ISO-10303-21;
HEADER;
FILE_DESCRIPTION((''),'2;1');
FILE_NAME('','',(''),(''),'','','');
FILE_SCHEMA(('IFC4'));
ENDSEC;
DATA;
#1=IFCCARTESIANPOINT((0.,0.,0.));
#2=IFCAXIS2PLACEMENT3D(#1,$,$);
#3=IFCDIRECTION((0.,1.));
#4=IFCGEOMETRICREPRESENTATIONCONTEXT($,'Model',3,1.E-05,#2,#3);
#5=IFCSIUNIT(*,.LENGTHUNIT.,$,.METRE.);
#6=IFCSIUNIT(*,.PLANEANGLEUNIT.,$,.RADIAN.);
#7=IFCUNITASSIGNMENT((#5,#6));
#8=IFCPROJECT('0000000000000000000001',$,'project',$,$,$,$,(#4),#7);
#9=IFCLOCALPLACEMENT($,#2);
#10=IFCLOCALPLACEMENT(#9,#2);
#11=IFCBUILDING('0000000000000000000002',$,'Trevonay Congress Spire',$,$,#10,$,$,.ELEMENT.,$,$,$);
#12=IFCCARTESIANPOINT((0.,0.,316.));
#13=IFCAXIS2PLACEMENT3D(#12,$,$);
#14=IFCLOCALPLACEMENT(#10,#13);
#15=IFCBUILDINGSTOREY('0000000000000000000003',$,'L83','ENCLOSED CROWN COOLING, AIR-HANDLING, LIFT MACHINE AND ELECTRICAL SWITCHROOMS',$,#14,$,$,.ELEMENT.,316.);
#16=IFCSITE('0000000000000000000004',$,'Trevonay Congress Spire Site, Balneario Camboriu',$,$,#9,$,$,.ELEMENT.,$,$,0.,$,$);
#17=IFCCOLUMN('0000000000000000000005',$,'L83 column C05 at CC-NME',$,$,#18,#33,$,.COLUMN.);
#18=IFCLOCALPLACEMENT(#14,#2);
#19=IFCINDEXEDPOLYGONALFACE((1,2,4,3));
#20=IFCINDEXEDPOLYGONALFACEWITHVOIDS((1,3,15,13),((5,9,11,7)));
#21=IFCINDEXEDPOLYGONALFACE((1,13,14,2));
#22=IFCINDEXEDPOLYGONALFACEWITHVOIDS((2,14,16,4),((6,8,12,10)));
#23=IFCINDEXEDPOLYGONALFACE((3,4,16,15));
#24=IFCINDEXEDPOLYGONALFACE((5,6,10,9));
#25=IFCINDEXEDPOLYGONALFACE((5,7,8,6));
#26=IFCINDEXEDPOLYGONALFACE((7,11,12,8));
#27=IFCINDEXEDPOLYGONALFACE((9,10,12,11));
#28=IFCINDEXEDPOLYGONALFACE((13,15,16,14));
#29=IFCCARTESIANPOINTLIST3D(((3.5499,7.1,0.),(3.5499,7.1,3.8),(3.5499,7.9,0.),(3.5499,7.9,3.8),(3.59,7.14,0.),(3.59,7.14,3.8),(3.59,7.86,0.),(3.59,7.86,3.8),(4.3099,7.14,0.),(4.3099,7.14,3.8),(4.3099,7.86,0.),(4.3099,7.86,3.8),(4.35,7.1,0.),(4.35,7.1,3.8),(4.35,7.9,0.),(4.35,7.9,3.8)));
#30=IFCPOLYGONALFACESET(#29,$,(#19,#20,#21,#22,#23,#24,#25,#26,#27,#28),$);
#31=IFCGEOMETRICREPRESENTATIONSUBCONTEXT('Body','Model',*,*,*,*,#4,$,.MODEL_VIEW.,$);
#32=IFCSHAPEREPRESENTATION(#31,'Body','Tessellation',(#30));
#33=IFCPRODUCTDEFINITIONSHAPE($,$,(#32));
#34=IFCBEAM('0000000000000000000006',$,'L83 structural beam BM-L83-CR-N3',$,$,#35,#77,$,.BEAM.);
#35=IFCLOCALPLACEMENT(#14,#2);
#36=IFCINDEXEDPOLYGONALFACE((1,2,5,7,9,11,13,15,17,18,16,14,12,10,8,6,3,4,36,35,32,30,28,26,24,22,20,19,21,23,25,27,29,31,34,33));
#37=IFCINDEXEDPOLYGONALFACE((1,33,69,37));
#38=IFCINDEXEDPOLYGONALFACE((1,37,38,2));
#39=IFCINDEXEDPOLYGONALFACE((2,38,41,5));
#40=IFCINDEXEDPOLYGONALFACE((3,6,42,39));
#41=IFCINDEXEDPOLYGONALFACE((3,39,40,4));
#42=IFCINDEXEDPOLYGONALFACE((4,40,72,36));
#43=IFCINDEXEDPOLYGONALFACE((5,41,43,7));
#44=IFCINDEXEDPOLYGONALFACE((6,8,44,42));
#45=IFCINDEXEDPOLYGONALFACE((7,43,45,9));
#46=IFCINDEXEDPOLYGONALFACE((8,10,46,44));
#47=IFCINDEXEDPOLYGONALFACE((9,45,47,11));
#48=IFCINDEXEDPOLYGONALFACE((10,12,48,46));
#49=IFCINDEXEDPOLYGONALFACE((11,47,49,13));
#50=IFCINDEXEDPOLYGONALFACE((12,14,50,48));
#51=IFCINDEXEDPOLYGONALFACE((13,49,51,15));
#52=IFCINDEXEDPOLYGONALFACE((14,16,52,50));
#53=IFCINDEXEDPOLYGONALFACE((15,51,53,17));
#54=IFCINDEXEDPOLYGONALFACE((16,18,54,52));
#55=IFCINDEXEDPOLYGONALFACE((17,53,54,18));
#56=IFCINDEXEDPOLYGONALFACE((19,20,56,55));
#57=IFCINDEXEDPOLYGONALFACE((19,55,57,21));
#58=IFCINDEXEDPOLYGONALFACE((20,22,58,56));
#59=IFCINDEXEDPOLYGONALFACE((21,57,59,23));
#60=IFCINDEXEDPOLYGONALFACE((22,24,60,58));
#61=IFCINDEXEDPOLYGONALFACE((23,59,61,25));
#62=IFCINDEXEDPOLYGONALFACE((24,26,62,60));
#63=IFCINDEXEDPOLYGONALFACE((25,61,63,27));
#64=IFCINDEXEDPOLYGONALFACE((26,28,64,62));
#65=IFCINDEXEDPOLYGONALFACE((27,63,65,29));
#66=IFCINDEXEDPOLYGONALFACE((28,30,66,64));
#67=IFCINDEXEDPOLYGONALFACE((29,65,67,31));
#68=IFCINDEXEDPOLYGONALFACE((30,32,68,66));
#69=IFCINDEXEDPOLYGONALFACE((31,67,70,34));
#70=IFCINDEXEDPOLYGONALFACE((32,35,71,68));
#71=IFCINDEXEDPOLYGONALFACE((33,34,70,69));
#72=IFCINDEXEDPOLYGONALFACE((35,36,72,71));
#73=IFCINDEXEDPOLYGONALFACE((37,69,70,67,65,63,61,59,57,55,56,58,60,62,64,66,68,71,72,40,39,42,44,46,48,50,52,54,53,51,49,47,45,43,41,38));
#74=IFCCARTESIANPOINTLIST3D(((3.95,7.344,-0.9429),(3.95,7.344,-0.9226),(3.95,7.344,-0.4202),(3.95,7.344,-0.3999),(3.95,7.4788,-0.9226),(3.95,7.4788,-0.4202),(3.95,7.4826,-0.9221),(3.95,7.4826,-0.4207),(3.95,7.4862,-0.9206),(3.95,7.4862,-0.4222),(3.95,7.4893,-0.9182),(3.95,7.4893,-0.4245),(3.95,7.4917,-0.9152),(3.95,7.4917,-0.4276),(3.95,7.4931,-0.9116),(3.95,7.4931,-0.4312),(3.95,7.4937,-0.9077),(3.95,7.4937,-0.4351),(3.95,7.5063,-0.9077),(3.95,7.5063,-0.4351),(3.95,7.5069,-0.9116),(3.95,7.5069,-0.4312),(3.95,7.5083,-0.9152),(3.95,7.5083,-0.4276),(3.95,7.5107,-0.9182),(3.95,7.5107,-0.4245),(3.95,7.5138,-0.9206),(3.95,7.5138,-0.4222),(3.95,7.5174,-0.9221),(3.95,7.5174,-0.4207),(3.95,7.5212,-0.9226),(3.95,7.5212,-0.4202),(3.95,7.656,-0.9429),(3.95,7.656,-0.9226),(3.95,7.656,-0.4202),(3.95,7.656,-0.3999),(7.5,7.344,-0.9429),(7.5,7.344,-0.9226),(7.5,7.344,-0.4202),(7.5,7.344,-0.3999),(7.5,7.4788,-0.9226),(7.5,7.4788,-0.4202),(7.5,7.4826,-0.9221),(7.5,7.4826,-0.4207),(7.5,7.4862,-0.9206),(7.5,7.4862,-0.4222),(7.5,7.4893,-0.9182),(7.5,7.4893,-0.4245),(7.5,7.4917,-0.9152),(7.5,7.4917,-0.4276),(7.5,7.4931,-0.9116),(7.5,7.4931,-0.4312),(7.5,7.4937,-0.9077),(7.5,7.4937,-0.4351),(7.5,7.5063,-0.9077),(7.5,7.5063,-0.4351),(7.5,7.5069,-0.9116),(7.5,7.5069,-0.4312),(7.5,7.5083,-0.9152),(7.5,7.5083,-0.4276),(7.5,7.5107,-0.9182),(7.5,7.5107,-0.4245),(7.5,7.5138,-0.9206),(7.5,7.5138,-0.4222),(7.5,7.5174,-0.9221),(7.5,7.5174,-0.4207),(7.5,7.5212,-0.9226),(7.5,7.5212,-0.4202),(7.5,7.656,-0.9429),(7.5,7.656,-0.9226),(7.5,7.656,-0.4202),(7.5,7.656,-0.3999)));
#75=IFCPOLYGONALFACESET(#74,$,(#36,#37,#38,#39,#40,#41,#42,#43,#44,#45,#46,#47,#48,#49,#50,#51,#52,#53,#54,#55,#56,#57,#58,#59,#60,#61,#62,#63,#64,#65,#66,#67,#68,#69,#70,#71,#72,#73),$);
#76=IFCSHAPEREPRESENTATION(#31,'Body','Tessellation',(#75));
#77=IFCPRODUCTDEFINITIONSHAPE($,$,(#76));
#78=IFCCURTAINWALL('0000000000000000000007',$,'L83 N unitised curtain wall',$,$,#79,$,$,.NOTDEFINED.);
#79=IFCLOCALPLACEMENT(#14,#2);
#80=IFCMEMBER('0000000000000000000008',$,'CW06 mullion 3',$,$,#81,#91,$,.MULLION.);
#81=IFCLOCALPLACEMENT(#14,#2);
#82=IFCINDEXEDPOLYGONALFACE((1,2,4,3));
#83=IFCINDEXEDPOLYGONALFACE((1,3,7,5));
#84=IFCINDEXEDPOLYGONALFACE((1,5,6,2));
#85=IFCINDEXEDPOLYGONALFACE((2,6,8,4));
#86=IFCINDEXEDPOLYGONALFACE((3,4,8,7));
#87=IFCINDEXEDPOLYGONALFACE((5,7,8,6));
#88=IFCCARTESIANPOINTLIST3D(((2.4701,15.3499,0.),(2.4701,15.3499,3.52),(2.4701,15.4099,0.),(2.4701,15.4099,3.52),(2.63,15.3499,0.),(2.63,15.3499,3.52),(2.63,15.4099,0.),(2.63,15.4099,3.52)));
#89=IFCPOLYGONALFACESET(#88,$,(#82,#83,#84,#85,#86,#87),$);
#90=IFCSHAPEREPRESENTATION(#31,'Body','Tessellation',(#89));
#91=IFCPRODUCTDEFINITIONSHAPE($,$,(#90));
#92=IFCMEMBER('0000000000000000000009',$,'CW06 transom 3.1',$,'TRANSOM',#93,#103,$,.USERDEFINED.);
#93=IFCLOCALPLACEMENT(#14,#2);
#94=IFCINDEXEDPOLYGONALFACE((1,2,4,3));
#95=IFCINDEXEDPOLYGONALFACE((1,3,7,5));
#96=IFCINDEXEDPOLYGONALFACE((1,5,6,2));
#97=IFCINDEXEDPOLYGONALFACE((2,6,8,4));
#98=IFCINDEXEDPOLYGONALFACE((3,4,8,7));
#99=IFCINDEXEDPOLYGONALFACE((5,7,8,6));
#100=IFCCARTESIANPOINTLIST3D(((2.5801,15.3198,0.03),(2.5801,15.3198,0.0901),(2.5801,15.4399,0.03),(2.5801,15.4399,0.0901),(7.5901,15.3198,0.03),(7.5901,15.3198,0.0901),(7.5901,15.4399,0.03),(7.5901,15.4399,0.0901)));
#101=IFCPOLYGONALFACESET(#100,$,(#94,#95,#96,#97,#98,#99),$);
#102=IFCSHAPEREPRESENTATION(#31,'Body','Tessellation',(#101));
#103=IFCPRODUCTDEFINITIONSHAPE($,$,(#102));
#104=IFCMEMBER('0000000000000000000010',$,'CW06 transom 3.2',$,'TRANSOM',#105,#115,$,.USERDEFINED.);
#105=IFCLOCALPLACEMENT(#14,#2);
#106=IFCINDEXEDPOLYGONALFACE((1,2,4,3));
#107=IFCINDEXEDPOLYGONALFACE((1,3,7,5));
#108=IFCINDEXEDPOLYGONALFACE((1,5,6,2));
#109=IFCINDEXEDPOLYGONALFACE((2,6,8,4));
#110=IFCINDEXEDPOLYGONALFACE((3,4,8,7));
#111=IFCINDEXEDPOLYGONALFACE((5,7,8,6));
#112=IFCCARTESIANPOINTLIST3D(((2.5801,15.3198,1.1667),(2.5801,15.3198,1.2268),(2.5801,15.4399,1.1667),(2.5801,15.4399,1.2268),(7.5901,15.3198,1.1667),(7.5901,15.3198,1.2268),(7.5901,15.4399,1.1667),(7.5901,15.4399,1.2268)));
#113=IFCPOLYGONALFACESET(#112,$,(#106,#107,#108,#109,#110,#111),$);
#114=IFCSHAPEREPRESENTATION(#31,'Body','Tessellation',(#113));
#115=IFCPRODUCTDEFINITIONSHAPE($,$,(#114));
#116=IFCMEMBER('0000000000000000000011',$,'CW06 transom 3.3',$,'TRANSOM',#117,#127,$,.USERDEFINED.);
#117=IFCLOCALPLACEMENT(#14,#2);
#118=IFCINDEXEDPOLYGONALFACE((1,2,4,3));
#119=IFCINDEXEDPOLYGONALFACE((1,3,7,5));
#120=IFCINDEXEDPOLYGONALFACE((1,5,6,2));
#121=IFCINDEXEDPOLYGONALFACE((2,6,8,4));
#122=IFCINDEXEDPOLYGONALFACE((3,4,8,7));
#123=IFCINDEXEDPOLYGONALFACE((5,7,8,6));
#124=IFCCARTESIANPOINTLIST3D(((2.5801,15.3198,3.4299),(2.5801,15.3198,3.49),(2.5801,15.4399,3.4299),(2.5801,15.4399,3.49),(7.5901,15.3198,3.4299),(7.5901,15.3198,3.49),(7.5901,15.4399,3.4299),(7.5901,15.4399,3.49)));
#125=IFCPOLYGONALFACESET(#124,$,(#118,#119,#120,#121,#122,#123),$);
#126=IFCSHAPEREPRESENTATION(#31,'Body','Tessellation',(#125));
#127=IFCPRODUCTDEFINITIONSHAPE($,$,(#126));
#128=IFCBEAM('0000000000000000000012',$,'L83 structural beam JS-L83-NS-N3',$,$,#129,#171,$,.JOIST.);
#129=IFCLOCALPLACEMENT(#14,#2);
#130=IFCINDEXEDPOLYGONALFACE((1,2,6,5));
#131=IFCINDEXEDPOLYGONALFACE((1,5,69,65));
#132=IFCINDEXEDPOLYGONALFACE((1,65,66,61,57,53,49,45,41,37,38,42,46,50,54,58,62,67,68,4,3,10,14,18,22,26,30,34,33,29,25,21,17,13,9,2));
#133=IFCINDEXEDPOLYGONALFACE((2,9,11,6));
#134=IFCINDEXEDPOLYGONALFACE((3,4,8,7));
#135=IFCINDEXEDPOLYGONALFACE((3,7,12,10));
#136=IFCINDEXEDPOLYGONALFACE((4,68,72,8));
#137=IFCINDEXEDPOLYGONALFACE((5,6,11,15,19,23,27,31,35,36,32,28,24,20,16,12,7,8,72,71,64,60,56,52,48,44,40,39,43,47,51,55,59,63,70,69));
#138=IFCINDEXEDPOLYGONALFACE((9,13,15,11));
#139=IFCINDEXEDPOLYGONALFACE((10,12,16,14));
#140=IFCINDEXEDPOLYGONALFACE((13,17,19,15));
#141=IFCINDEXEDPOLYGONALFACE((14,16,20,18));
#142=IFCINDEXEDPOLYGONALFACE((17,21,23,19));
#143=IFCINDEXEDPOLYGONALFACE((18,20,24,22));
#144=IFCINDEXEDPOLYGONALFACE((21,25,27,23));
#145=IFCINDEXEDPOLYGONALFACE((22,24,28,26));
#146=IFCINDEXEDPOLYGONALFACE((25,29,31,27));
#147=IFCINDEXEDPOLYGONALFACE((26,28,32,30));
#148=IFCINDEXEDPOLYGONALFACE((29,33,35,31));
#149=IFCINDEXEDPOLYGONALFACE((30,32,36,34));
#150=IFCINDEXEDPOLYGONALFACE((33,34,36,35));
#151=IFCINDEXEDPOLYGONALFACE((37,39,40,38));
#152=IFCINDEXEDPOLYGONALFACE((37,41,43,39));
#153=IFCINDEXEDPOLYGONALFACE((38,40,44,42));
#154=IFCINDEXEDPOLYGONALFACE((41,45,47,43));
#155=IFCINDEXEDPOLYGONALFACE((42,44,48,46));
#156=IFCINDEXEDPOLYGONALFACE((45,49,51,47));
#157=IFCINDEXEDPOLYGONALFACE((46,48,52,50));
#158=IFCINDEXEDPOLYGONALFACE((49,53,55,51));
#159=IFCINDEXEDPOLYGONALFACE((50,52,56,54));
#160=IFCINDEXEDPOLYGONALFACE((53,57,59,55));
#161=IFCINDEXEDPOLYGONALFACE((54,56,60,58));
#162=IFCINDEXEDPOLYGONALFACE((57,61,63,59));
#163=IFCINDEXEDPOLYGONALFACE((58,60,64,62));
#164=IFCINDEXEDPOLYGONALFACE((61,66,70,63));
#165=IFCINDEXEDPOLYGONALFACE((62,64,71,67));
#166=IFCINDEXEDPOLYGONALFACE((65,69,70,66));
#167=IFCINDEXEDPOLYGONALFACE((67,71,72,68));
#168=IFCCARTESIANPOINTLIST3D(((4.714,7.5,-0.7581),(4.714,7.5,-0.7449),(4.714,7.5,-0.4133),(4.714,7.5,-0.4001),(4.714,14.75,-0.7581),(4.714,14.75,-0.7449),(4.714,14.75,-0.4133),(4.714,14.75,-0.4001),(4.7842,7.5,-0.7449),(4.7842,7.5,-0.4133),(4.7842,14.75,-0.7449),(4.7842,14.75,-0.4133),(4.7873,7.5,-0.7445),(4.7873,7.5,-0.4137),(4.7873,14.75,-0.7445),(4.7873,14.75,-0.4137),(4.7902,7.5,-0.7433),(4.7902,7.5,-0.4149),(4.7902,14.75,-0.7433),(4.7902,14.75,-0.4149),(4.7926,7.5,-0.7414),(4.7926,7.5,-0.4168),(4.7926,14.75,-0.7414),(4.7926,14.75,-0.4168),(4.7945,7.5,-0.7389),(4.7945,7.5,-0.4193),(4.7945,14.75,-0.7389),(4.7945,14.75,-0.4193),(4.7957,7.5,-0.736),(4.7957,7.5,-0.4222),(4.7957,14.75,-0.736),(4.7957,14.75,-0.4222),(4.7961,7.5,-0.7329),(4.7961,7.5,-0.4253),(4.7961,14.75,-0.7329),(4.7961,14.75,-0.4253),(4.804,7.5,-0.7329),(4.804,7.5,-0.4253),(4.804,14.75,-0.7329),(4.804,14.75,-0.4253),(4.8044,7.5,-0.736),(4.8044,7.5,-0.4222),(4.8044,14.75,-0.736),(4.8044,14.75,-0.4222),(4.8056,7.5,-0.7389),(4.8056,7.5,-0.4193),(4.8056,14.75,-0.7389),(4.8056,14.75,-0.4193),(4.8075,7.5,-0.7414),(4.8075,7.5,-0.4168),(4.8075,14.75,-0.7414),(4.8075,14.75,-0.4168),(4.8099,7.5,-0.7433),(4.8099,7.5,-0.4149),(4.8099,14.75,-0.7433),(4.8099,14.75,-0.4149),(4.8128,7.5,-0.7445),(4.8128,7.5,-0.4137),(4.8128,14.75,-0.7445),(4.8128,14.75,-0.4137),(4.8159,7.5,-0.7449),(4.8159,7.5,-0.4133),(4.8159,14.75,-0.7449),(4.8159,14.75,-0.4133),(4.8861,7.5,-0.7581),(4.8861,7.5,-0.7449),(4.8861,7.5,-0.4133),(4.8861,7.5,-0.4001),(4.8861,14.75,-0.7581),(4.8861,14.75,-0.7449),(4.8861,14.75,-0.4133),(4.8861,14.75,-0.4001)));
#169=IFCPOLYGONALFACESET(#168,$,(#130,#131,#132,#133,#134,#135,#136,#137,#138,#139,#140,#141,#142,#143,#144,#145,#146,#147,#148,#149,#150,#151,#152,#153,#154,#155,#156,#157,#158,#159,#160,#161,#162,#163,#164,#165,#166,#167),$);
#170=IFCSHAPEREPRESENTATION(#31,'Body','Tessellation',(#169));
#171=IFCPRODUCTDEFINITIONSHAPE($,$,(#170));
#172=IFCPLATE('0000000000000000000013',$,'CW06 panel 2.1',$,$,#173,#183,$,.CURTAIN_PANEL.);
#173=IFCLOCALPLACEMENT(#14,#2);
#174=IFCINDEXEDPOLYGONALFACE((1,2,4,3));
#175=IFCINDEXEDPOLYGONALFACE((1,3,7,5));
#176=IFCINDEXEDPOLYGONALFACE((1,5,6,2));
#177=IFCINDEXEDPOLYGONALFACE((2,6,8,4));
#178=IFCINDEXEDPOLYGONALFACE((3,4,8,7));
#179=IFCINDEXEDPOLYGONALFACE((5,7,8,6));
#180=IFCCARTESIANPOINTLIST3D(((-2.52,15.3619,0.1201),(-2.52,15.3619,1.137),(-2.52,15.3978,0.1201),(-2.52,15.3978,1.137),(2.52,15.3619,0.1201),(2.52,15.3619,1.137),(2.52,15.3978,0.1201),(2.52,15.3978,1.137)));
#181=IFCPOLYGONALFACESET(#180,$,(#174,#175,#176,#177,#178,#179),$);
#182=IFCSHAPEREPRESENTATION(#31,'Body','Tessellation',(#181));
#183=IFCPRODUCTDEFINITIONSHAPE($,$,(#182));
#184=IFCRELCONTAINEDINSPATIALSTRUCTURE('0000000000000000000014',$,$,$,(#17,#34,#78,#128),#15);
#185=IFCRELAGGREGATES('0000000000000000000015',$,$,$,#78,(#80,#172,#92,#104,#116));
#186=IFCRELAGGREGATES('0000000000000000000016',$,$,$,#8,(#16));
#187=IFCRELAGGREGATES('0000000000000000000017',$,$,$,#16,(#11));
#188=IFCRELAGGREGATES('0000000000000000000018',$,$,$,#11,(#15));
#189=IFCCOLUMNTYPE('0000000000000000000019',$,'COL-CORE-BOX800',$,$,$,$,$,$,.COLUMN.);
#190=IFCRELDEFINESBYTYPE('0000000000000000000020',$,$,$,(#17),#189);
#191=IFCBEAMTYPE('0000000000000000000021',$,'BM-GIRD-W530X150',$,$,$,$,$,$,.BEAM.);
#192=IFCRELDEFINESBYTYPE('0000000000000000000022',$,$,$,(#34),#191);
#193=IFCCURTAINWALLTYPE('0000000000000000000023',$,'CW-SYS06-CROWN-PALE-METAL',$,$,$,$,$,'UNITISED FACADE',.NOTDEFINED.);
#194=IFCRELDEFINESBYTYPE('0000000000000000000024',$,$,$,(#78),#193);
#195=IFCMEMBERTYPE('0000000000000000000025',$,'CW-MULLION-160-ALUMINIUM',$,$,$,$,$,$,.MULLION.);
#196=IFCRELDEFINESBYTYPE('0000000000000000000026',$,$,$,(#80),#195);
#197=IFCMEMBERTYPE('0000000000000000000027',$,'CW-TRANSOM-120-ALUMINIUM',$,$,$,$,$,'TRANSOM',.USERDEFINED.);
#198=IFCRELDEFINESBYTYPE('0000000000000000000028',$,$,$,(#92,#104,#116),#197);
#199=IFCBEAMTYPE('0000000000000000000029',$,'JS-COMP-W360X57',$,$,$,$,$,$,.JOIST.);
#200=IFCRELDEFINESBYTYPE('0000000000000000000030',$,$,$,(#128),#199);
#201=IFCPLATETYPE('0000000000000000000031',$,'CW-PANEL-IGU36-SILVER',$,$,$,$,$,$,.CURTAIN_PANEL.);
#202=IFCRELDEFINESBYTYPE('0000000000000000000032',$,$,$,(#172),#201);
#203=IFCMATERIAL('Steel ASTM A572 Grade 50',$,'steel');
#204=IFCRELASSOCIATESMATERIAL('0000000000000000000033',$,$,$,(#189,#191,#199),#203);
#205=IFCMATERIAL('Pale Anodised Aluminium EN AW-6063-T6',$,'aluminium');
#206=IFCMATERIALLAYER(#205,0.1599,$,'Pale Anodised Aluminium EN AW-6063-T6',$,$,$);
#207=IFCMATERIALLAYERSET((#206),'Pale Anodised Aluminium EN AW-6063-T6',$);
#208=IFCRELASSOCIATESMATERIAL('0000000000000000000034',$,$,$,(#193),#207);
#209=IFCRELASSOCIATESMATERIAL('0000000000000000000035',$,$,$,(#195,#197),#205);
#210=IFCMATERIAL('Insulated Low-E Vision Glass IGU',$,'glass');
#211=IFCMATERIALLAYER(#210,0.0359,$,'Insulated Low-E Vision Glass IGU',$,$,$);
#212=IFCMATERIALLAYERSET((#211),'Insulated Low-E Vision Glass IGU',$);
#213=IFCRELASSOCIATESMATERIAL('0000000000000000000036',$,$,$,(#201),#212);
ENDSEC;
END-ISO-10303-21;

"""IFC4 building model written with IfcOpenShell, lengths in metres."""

from ifc_helpers import new_model, si_unit, direction, frame, origin, origin_2d, place, context, subcontext, project, spatial, rectangle, hollow_rectangle, i_section, extrude, material, layer, layer_set, material_profile, profile_set, type_object, element, aggregate, save


model = new_model("IFC4")

# Units and contexts
model_context = context("Model", 3, precision=1e-05, world=origin(), true_north=direction((0.0, 1.0)))
body_context = subcontext(model_context, "Body", "Model", "MODEL_VIEW")
ifc_project = project(units=[si_unit("LENGTHUNIT", "METRE"), si_unit("PLANEANGLEUNIT", "RADIAN")], contexts=[model_context])

# Site, building, storey
site_placement = place(None, origin())
site = spatial("IfcSite", under=ifc_project, at=site_placement, Name="Trevonay Congress Spire Site, Balneario Camboriu", CompositionType="ELEMENT", RefElevation=0.0)
building_placement = place(site_placement, origin())
building = spatial("IfcBuilding", under=site, at=building_placement, Name="Trevonay Congress Spire", CompositionType="ELEMENT")
storey_placement = place(building_placement, frame((0.0, 0.0, 316.0)))
storey = spatial("IfcBuildingStorey", under=building, at=storey_placement, Name="L83", Description="ENCLOSED CROWN COOLING, AIR-HANDLING, LIFT MACHINE AND ELECTRICAL SWITCHROOMS", CompositionType="ELEMENT", Elevation=316.0)

# Column
ifc_material_1 = material(Name="Steel ASTM A572 Grade 50", Category="steel")
ifc_material_profile_1 = material_profile(ifc_material_1, hollow_rectangle(XDim=0.8, YDim=0.8, WallThickness=0.04, at=origin_2d()), Name="BOX 800x800x40")
ifc_profile_set_1 = profile_set([ifc_material_profile_1], Name="Steel ASTM A572 Grade 50")
column_type = type_object("IfcColumnType", Name="COL-CORE-BOX800", PredefinedType="COLUMN", material=ifc_profile_set_1)
column_placement = place(storey_placement, frame((3.95, 7.5, 0.0), z_axis=(0.0, 0.0, 1.0), x_axis=(1.0, 0.0, 0.0)))
element("IfcColumn", 1, at=column_placement, inside=storey, type_object=column_type, Name="L83 column C05 at CC-NME", PredefinedType="COLUMN", context=body_context, shape_type="SweptSolid", body=[
    extrude(hollow_rectangle(XDim=0.8, YDim=0.8, WallThickness=0.04, at=origin_2d()), origin(), (0.0, 0.0, 1.0), 3.8),
])

# Beam
ifc_material_profile_2 = material_profile(ifc_material_1, i_section(OverallWidth=0.312, OverallDepth=0.543, WebThickness=0.0127, FlangeThickness=0.0203, FilletRadius=0.0149, at=origin_2d()), Name="W530x150")
ifc_profile_set_2 = profile_set([ifc_material_profile_2], Name="Steel ASTM A572 Grade 50")
beam_type_1 = type_object("IfcBeamType", Name="BM-GIRD-W530X150", PredefinedType="BEAM", material=ifc_profile_set_2)
beam_1_placement = place(storey_placement, frame((3.95, 7.5, -0.6714), z_axis=(1.0, 0.0, 0.0), x_axis=(0.0, 1.0, 0.0)))
element("IfcBeam", 2, at=beam_1_placement, inside=storey, type_object=beam_type_1, Name="L83 structural beam BM-L83-CR-N3", PredefinedType="BEAM", context=body_context, shape_type="SweptSolid", body=[
    extrude(i_section(OverallWidth=0.312, OverallDepth=0.543, WebThickness=0.0127, FlangeThickness=0.0203, FilletRadius=0.0149, at=origin_2d()), origin(), (0.0, 0.0, 1.0), 3.55),
])

# Curtain wall, members
ifc_material_2 = material(Name="Pale Anodised Aluminium EN AW-6063-T6", Category="aluminium")
ifc_layer_1 = layer(ifc_material_2, 0.1599, Name="Pale Anodised Aluminium EN AW-6063-T6")
ifc_layer_set_1 = layer_set([ifc_layer_1], Name="Pale Anodised Aluminium EN AW-6063-T6")
curtain_wall_type = type_object("IfcCurtainWallType", Name="CW-SYS06-CROWN-PALE-METAL", ElementType="UNITISED FACADE", PredefinedType="NOTDEFINED", material=ifc_layer_set_1)
curtain_wall_placement = place(storey_placement, origin())
curtain_wall = element("IfcCurtainWall", 3, at=curtain_wall_placement, inside=storey, type_object=curtain_wall_type, Name="L83 N unitised curtain wall", PredefinedType="NOTDEFINED")
ifc_material_profile_3 = material_profile(ifc_material_2, rectangle(XDim=0.0601, YDim=0.1599, at=origin_2d()), Name="CW-MULLION-160-ALUMINIUM")
ifc_profile_set_3 = profile_set([ifc_material_profile_3], Name="Pale Anodised Aluminium EN AW-6063-T6")
member_type_1 = type_object("IfcMemberType", Name="CW-MULLION-160-ALUMINIUM", PredefinedType="MULLION", material=ifc_profile_set_3)
member_1_placement = place(storey_placement, frame((2.55, 15.3799, 0.0), z_axis=(0.0, 0.0, 1.0), x_axis=(0.0, 1.0, 0.0)))
member_1 = element("IfcMember", 4, at=member_1_placement, type_object=member_type_1, Name="CW06 mullion 3", PredefinedType="MULLION", context=body_context, shape_type="SweptSolid", body=[
    extrude(rectangle(XDim=0.0601, YDim=0.1599, at=origin_2d()), origin(), (0.0, 0.0, 1.0), 3.52),
])
ifc_material_profile_4 = material_profile(ifc_material_2, rectangle(XDim=0.1201, YDim=0.0601, at=origin_2d()), Name="CW-TRANSOM-120-ALUMINIUM")
ifc_profile_set_4 = profile_set([ifc_material_profile_4], Name="Pale Anodised Aluminium EN AW-6063-T6")
member_type_2 = type_object("IfcMemberType", Name="CW-TRANSOM-120-ALUMINIUM", ElementType="TRANSOM", PredefinedType="USERDEFINED", material=ifc_profile_set_4)
member_2_placement = place(storey_placement, frame((2.5801, 15.3799, 0.0601), z_axis=(1.0, 0.0, 0.0), x_axis=(0.0, 1.0, 0.0)))
member_2 = element("IfcMember", 5, at=member_2_placement, type_object=member_type_2, Name="CW06 transom 3.1", ObjectType="TRANSOM", PredefinedType="USERDEFINED", context=body_context, shape_type="SweptSolid", body=[
    extrude(rectangle(XDim=0.1201, YDim=0.0601, at=origin_2d()), origin(), (0.0, 0.0, 1.0), 5.01),
])
member_3_placement = place(storey_placement, frame((2.5801, 15.3799, 1.1968), z_axis=(1.0, 0.0, 0.0), x_axis=(0.0, 1.0, 0.0)))
member_3 = element("IfcMember", 6, at=member_3_placement, type_object=member_type_2, Name="CW06 transom 3.2", ObjectType="TRANSOM", PredefinedType="USERDEFINED", context=body_context, shape_type="SweptSolid", body=[
    extrude(rectangle(XDim=0.1201, YDim=0.0601, at=origin_2d()), origin(), (0.0, 0.0, 1.0), 5.01),
])
member_4_placement = place(storey_placement, frame((2.5801, 15.3799, 3.46), z_axis=(1.0, 0.0, 0.0), x_axis=(0.0, 1.0, 0.0)))
member_4 = element("IfcMember", 7, at=member_4_placement, type_object=member_type_2, Name="CW06 transom 3.3", ObjectType="TRANSOM", PredefinedType="USERDEFINED", context=body_context, shape_type="SweptSolid", body=[
    extrude(rectangle(XDim=0.1201, YDim=0.0601, at=origin_2d()), origin(), (0.0, 0.0, 1.0), 5.01),
])

# Beam
ifc_material_profile_5 = material_profile(ifc_material_1, i_section(OverallWidth=0.1721, OverallDepth=0.3579, WebThickness=0.0078, FlangeThickness=0.0132, FilletRadius=0.012, at=origin_2d()), Name="W360x57.8")
ifc_profile_set_5 = profile_set([ifc_material_profile_5], Name="Steel ASTM A572 Grade 50")
beam_type_2 = type_object("IfcBeamType", Name="JS-COMP-W360X57", PredefinedType="JOIST", material=ifc_profile_set_5)
beam_2_placement = place(storey_placement, frame((4.8, 7.5, -0.5791), z_axis=(0.0, 1.0, 0.0), x_axis=(-1.0, 0.0, 0.0)))
element("IfcBeam", 8, at=beam_2_placement, inside=storey, type_object=beam_type_2, Name="L83 structural beam JS-L83-NS-N3", PredefinedType="JOIST", context=body_context, shape_type="SweptSolid", body=[
    extrude(i_section(OverallWidth=0.1721, OverallDepth=0.3579, WebThickness=0.0078, FlangeThickness=0.0132, FilletRadius=0.012, at=origin_2d()), origin(), (0.0, 0.0, 1.0), 7.25),
])

# Plate
ifc_material_3 = material(Name="Insulated Low-E Vision Glass IGU", Category="glass")
ifc_layer_2 = layer(ifc_material_3, 0.0359, Name="Insulated Low-E Vision Glass IGU")
ifc_layer_set_2 = layer_set([ifc_layer_2], Name="Insulated Low-E Vision Glass IGU")
plate_type = type_object("IfcPlateType", Name="CW-PANEL-IGU36-SILVER", PredefinedType="CURTAIN_PANEL", material=ifc_layer_set_2)
plate_1_placement = place(storey_placement, frame((0.0, 15.3799, 0.1201), z_axis=(0.0, 0.0, 1.0), x_axis=(1.0, 0.0, 0.0)))
plate_1 = element("IfcPlate", 9, at=plate_1_placement, type_object=plate_type, Name="CW06 panel 2.1", PredefinedType="CURTAIN_PANEL", context=body_context, shape_type="SweptSolid", body=[
    extrude(rectangle(XDim=5.04, YDim=0.0359, at=origin_2d()), origin(), (0.0, 0.0, 1.0), 1.0168),
])
aggregate(curtain_wall, [member_1, plate_1, member_2, member_3, member_4])

save(model, "model.ifc")
